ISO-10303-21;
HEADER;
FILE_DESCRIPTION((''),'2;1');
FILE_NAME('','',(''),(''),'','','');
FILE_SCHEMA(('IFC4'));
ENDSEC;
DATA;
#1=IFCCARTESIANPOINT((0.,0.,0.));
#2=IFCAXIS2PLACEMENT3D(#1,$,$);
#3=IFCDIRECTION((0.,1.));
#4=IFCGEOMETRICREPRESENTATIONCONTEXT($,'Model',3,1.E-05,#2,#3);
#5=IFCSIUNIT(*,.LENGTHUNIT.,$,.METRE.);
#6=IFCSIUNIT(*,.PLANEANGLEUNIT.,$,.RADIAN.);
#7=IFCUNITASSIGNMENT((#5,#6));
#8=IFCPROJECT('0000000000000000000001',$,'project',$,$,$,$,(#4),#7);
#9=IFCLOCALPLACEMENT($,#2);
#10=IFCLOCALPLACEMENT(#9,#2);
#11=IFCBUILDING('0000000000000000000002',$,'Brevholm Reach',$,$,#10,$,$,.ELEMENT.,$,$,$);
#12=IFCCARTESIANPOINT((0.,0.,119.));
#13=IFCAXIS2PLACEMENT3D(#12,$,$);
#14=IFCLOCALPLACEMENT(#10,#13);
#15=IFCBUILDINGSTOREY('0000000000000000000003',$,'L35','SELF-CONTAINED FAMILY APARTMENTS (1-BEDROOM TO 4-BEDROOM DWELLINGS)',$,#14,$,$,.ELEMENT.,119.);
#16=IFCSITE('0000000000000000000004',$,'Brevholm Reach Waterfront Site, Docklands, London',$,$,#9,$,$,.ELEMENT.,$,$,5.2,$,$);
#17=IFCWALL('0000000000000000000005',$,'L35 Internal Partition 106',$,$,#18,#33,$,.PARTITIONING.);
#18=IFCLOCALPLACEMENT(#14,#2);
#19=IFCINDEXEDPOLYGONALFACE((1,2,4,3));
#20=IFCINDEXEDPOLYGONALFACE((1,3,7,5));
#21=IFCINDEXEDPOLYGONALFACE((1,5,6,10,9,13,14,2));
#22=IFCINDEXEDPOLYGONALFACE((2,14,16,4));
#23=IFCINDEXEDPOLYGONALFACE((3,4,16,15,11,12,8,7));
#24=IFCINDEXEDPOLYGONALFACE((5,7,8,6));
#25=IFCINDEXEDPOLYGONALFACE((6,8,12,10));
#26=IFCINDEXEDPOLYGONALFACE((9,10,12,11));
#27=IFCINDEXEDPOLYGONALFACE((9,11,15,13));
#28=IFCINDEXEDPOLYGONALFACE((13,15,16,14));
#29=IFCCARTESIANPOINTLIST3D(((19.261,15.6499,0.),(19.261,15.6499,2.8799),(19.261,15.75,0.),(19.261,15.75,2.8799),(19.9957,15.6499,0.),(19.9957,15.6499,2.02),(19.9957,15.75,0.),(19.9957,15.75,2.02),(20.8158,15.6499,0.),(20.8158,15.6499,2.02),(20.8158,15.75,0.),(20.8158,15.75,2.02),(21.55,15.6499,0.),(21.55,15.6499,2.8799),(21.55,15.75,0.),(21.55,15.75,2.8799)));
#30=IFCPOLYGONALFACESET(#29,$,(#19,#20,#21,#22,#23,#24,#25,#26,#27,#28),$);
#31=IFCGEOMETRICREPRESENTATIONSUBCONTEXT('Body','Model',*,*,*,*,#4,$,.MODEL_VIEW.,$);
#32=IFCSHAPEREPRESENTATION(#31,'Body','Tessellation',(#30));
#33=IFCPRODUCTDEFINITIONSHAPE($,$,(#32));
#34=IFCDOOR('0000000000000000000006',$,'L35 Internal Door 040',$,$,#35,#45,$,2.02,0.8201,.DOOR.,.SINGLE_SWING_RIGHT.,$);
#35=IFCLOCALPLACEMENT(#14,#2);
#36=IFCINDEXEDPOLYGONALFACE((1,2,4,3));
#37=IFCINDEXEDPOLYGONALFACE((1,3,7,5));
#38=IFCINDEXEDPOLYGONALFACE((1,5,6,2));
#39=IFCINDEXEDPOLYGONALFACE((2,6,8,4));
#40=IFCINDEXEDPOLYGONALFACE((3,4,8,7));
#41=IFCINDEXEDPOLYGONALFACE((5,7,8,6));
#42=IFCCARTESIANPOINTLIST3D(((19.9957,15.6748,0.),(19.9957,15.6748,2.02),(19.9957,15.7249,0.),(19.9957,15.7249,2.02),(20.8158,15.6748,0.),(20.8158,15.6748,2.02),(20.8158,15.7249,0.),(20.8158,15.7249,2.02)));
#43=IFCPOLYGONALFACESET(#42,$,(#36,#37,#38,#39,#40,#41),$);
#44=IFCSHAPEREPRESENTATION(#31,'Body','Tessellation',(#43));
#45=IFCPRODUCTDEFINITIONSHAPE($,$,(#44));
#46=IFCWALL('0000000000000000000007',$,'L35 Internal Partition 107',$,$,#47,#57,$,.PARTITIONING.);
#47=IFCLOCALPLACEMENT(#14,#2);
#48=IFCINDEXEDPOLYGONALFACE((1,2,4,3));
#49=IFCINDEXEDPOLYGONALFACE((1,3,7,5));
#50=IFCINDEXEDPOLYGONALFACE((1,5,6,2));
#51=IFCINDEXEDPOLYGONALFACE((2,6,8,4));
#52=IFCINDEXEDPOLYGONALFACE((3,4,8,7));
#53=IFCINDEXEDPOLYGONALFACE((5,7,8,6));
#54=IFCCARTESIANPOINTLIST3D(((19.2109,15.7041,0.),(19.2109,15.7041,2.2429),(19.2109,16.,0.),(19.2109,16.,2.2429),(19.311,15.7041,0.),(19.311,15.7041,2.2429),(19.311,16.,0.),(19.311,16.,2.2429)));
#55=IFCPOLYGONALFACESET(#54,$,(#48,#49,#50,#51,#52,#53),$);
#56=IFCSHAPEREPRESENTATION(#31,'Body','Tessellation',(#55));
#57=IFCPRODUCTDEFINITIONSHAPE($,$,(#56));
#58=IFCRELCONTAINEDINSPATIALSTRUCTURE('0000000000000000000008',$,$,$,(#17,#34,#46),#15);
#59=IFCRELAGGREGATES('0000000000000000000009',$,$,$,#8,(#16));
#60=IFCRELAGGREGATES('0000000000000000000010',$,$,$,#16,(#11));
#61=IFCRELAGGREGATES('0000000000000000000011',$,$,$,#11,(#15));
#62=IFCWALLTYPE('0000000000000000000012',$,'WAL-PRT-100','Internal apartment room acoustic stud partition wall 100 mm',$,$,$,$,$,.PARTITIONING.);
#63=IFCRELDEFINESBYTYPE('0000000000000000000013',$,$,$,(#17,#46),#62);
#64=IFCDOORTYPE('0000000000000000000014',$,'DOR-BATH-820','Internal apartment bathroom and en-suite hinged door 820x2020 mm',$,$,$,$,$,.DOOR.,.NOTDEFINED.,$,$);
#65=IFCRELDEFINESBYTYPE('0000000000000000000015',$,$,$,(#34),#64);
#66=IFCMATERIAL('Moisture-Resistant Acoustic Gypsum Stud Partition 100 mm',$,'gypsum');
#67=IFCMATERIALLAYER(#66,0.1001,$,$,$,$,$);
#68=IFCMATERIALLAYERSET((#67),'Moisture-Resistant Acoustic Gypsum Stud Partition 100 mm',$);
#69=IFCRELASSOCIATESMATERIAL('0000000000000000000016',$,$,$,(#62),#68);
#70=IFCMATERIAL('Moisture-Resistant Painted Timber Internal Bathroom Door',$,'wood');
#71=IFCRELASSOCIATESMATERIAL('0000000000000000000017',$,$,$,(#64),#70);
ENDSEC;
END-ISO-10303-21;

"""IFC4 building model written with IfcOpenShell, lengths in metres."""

from ifc_helpers import new_model, si_unit, direction, frame, frame_2d, origin, place, context, subcontext, project, spatial, rectangle, extrude, material, layer, layer_set, type_object, element, fill, save


model = new_model("IFC4")

# Units and contexts
model_context = context("Model", 3, precision=1e-05, world=origin(), true_north=direction((0.0, 1.0)))
body_context = subcontext(model_context, "Body", "Model", "MODEL_VIEW")
ifc_project = project(units=[si_unit("LENGTHUNIT", "METRE"), si_unit("PLANEANGLEUNIT", "RADIAN")], contexts=[model_context])

# Site, building, storey
site_placement = place(None, origin())
site = spatial("IfcSite", under=ifc_project, at=site_placement, Name="Brevholm Reach Waterfront Site, Docklands, London", CompositionType="ELEMENT", RefElevation=5.2)
building_placement = place(site_placement, origin())
building = spatial("IfcBuilding", under=site, at=building_placement, Name="Brevholm Reach", CompositionType="ELEMENT")
storey_placement = place(building_placement, frame((0.0, 0.0, 119.0)))
storey = spatial("IfcBuildingStorey", under=building, at=storey_placement, Name="L35", Description="SELF-CONTAINED FAMILY APARTMENTS (1-BEDROOM TO 4-BEDROOM DWELLINGS)", CompositionType="ELEMENT", Elevation=119.0)

# Wall, opening, door
ifc_material_1 = material(Name="Moisture-Resistant Acoustic Gypsum Stud Partition 100 mm", Category="gypsum")
ifc_layer_1 = layer(ifc_material_1, 0.1001)
ifc_layer_set_1 = layer_set([ifc_layer_1], Name="Moisture-Resistant Acoustic Gypsum Stud Partition 100 mm")
wall_type_1 = type_object("IfcWallType", Name="WAL-PRT-100", Description="Internal apartment room acoustic stud partition wall 100 mm", PredefinedType="PARTITIONING", material=ifc_layer_set_1)
wall_1_placement = place(storey_placement, frame((19.261, 15.7, 0.0), z_axis=(0.0, 0.0, 1.0), x_axis=(1.0, 0.0, 0.0)))
wall_1 = element("IfcWall", 1, at=wall_1_placement, inside=storey, type_object=wall_type_1, Name="L35 Internal Partition 106", PredefinedType="PARTITIONING", context=body_context, shape_type="SweptSolid", body=[
    extrude(rectangle(XDim=2.2891, YDim=0.1001, at=frame_2d((1.1445, 0.0))), origin(), (0.0, 0.0, 1.0), 2.8799),
])
opening_1_placement = place(wall_1_placement, frame((0.7346, 0.0, 0.0)))
opening_1 = element("IfcOpeningElement", 2, at=opening_1_placement, cuts=wall_1, PredefinedType="OPENING", context=body_context, shape_type="SweptSolid", body=[
    extrude(rectangle(XDim=0.8201, YDim=2.02, at=frame_2d((0.4102, 1.01))), frame((0.0, 0.0601, 0.0), z_axis=(0.0, -1.0, 0.0), x_axis=(1.0, 0.0, 0.0)), (0.0, 0.0, 1.0), 0.1201),
])
ifc_material_2 = material(Name="Moisture-Resistant Painted Timber Internal Bathroom Door", Category="wood")
door_type = type_object("IfcDoorType", Name="DOR-BATH-820", Description="Internal apartment bathroom and en-suite hinged door 820x2020 mm", OperationType="NOTDEFINED", PredefinedType="DOOR", material=ifc_material_2)
door_placement = place(opening_1_placement, origin())
door = element("IfcDoor", 3, at=door_placement, inside=storey, type_object=door_type, Name="L35 Internal Door 040", OperationType="SINGLE_SWING_RIGHT", OverallHeight=2.02, OverallWidth=0.8201, PredefinedType="DOOR", context=body_context, shape_type="SweptSolid", body=[
    extrude(rectangle(XDim=0.8201, YDim=2.02, at=frame_2d((0.4102, 1.01))), frame((0.0, 0.0249, 0.0), z_axis=(0.0, -1.0, 0.0), x_axis=(1.0, 0.0, 0.0)), (0.0, 0.0, 1.0), 0.05),
])
fill(opening_1, door)

# Wall
wall_2_placement = place(storey_placement, frame((19.261, 15.7041, 0.0), z_axis=(0.0, 0.0, 1.0), x_axis=(0.0, 1.0, 0.0)))
element("IfcWall", 4, at=wall_2_placement, inside=storey, type_object=wall_type_1, Name="L35 Internal Partition 107", PredefinedType="PARTITIONING", context=body_context, shape_type="SweptSolid", body=[
    extrude(rectangle(XDim=0.2959, YDim=0.1001, at=frame_2d((0.1479, 0.0))), origin(), (0.0, 0.0, 1.0), 2.2429),
])

save(model, "model.ifc")
